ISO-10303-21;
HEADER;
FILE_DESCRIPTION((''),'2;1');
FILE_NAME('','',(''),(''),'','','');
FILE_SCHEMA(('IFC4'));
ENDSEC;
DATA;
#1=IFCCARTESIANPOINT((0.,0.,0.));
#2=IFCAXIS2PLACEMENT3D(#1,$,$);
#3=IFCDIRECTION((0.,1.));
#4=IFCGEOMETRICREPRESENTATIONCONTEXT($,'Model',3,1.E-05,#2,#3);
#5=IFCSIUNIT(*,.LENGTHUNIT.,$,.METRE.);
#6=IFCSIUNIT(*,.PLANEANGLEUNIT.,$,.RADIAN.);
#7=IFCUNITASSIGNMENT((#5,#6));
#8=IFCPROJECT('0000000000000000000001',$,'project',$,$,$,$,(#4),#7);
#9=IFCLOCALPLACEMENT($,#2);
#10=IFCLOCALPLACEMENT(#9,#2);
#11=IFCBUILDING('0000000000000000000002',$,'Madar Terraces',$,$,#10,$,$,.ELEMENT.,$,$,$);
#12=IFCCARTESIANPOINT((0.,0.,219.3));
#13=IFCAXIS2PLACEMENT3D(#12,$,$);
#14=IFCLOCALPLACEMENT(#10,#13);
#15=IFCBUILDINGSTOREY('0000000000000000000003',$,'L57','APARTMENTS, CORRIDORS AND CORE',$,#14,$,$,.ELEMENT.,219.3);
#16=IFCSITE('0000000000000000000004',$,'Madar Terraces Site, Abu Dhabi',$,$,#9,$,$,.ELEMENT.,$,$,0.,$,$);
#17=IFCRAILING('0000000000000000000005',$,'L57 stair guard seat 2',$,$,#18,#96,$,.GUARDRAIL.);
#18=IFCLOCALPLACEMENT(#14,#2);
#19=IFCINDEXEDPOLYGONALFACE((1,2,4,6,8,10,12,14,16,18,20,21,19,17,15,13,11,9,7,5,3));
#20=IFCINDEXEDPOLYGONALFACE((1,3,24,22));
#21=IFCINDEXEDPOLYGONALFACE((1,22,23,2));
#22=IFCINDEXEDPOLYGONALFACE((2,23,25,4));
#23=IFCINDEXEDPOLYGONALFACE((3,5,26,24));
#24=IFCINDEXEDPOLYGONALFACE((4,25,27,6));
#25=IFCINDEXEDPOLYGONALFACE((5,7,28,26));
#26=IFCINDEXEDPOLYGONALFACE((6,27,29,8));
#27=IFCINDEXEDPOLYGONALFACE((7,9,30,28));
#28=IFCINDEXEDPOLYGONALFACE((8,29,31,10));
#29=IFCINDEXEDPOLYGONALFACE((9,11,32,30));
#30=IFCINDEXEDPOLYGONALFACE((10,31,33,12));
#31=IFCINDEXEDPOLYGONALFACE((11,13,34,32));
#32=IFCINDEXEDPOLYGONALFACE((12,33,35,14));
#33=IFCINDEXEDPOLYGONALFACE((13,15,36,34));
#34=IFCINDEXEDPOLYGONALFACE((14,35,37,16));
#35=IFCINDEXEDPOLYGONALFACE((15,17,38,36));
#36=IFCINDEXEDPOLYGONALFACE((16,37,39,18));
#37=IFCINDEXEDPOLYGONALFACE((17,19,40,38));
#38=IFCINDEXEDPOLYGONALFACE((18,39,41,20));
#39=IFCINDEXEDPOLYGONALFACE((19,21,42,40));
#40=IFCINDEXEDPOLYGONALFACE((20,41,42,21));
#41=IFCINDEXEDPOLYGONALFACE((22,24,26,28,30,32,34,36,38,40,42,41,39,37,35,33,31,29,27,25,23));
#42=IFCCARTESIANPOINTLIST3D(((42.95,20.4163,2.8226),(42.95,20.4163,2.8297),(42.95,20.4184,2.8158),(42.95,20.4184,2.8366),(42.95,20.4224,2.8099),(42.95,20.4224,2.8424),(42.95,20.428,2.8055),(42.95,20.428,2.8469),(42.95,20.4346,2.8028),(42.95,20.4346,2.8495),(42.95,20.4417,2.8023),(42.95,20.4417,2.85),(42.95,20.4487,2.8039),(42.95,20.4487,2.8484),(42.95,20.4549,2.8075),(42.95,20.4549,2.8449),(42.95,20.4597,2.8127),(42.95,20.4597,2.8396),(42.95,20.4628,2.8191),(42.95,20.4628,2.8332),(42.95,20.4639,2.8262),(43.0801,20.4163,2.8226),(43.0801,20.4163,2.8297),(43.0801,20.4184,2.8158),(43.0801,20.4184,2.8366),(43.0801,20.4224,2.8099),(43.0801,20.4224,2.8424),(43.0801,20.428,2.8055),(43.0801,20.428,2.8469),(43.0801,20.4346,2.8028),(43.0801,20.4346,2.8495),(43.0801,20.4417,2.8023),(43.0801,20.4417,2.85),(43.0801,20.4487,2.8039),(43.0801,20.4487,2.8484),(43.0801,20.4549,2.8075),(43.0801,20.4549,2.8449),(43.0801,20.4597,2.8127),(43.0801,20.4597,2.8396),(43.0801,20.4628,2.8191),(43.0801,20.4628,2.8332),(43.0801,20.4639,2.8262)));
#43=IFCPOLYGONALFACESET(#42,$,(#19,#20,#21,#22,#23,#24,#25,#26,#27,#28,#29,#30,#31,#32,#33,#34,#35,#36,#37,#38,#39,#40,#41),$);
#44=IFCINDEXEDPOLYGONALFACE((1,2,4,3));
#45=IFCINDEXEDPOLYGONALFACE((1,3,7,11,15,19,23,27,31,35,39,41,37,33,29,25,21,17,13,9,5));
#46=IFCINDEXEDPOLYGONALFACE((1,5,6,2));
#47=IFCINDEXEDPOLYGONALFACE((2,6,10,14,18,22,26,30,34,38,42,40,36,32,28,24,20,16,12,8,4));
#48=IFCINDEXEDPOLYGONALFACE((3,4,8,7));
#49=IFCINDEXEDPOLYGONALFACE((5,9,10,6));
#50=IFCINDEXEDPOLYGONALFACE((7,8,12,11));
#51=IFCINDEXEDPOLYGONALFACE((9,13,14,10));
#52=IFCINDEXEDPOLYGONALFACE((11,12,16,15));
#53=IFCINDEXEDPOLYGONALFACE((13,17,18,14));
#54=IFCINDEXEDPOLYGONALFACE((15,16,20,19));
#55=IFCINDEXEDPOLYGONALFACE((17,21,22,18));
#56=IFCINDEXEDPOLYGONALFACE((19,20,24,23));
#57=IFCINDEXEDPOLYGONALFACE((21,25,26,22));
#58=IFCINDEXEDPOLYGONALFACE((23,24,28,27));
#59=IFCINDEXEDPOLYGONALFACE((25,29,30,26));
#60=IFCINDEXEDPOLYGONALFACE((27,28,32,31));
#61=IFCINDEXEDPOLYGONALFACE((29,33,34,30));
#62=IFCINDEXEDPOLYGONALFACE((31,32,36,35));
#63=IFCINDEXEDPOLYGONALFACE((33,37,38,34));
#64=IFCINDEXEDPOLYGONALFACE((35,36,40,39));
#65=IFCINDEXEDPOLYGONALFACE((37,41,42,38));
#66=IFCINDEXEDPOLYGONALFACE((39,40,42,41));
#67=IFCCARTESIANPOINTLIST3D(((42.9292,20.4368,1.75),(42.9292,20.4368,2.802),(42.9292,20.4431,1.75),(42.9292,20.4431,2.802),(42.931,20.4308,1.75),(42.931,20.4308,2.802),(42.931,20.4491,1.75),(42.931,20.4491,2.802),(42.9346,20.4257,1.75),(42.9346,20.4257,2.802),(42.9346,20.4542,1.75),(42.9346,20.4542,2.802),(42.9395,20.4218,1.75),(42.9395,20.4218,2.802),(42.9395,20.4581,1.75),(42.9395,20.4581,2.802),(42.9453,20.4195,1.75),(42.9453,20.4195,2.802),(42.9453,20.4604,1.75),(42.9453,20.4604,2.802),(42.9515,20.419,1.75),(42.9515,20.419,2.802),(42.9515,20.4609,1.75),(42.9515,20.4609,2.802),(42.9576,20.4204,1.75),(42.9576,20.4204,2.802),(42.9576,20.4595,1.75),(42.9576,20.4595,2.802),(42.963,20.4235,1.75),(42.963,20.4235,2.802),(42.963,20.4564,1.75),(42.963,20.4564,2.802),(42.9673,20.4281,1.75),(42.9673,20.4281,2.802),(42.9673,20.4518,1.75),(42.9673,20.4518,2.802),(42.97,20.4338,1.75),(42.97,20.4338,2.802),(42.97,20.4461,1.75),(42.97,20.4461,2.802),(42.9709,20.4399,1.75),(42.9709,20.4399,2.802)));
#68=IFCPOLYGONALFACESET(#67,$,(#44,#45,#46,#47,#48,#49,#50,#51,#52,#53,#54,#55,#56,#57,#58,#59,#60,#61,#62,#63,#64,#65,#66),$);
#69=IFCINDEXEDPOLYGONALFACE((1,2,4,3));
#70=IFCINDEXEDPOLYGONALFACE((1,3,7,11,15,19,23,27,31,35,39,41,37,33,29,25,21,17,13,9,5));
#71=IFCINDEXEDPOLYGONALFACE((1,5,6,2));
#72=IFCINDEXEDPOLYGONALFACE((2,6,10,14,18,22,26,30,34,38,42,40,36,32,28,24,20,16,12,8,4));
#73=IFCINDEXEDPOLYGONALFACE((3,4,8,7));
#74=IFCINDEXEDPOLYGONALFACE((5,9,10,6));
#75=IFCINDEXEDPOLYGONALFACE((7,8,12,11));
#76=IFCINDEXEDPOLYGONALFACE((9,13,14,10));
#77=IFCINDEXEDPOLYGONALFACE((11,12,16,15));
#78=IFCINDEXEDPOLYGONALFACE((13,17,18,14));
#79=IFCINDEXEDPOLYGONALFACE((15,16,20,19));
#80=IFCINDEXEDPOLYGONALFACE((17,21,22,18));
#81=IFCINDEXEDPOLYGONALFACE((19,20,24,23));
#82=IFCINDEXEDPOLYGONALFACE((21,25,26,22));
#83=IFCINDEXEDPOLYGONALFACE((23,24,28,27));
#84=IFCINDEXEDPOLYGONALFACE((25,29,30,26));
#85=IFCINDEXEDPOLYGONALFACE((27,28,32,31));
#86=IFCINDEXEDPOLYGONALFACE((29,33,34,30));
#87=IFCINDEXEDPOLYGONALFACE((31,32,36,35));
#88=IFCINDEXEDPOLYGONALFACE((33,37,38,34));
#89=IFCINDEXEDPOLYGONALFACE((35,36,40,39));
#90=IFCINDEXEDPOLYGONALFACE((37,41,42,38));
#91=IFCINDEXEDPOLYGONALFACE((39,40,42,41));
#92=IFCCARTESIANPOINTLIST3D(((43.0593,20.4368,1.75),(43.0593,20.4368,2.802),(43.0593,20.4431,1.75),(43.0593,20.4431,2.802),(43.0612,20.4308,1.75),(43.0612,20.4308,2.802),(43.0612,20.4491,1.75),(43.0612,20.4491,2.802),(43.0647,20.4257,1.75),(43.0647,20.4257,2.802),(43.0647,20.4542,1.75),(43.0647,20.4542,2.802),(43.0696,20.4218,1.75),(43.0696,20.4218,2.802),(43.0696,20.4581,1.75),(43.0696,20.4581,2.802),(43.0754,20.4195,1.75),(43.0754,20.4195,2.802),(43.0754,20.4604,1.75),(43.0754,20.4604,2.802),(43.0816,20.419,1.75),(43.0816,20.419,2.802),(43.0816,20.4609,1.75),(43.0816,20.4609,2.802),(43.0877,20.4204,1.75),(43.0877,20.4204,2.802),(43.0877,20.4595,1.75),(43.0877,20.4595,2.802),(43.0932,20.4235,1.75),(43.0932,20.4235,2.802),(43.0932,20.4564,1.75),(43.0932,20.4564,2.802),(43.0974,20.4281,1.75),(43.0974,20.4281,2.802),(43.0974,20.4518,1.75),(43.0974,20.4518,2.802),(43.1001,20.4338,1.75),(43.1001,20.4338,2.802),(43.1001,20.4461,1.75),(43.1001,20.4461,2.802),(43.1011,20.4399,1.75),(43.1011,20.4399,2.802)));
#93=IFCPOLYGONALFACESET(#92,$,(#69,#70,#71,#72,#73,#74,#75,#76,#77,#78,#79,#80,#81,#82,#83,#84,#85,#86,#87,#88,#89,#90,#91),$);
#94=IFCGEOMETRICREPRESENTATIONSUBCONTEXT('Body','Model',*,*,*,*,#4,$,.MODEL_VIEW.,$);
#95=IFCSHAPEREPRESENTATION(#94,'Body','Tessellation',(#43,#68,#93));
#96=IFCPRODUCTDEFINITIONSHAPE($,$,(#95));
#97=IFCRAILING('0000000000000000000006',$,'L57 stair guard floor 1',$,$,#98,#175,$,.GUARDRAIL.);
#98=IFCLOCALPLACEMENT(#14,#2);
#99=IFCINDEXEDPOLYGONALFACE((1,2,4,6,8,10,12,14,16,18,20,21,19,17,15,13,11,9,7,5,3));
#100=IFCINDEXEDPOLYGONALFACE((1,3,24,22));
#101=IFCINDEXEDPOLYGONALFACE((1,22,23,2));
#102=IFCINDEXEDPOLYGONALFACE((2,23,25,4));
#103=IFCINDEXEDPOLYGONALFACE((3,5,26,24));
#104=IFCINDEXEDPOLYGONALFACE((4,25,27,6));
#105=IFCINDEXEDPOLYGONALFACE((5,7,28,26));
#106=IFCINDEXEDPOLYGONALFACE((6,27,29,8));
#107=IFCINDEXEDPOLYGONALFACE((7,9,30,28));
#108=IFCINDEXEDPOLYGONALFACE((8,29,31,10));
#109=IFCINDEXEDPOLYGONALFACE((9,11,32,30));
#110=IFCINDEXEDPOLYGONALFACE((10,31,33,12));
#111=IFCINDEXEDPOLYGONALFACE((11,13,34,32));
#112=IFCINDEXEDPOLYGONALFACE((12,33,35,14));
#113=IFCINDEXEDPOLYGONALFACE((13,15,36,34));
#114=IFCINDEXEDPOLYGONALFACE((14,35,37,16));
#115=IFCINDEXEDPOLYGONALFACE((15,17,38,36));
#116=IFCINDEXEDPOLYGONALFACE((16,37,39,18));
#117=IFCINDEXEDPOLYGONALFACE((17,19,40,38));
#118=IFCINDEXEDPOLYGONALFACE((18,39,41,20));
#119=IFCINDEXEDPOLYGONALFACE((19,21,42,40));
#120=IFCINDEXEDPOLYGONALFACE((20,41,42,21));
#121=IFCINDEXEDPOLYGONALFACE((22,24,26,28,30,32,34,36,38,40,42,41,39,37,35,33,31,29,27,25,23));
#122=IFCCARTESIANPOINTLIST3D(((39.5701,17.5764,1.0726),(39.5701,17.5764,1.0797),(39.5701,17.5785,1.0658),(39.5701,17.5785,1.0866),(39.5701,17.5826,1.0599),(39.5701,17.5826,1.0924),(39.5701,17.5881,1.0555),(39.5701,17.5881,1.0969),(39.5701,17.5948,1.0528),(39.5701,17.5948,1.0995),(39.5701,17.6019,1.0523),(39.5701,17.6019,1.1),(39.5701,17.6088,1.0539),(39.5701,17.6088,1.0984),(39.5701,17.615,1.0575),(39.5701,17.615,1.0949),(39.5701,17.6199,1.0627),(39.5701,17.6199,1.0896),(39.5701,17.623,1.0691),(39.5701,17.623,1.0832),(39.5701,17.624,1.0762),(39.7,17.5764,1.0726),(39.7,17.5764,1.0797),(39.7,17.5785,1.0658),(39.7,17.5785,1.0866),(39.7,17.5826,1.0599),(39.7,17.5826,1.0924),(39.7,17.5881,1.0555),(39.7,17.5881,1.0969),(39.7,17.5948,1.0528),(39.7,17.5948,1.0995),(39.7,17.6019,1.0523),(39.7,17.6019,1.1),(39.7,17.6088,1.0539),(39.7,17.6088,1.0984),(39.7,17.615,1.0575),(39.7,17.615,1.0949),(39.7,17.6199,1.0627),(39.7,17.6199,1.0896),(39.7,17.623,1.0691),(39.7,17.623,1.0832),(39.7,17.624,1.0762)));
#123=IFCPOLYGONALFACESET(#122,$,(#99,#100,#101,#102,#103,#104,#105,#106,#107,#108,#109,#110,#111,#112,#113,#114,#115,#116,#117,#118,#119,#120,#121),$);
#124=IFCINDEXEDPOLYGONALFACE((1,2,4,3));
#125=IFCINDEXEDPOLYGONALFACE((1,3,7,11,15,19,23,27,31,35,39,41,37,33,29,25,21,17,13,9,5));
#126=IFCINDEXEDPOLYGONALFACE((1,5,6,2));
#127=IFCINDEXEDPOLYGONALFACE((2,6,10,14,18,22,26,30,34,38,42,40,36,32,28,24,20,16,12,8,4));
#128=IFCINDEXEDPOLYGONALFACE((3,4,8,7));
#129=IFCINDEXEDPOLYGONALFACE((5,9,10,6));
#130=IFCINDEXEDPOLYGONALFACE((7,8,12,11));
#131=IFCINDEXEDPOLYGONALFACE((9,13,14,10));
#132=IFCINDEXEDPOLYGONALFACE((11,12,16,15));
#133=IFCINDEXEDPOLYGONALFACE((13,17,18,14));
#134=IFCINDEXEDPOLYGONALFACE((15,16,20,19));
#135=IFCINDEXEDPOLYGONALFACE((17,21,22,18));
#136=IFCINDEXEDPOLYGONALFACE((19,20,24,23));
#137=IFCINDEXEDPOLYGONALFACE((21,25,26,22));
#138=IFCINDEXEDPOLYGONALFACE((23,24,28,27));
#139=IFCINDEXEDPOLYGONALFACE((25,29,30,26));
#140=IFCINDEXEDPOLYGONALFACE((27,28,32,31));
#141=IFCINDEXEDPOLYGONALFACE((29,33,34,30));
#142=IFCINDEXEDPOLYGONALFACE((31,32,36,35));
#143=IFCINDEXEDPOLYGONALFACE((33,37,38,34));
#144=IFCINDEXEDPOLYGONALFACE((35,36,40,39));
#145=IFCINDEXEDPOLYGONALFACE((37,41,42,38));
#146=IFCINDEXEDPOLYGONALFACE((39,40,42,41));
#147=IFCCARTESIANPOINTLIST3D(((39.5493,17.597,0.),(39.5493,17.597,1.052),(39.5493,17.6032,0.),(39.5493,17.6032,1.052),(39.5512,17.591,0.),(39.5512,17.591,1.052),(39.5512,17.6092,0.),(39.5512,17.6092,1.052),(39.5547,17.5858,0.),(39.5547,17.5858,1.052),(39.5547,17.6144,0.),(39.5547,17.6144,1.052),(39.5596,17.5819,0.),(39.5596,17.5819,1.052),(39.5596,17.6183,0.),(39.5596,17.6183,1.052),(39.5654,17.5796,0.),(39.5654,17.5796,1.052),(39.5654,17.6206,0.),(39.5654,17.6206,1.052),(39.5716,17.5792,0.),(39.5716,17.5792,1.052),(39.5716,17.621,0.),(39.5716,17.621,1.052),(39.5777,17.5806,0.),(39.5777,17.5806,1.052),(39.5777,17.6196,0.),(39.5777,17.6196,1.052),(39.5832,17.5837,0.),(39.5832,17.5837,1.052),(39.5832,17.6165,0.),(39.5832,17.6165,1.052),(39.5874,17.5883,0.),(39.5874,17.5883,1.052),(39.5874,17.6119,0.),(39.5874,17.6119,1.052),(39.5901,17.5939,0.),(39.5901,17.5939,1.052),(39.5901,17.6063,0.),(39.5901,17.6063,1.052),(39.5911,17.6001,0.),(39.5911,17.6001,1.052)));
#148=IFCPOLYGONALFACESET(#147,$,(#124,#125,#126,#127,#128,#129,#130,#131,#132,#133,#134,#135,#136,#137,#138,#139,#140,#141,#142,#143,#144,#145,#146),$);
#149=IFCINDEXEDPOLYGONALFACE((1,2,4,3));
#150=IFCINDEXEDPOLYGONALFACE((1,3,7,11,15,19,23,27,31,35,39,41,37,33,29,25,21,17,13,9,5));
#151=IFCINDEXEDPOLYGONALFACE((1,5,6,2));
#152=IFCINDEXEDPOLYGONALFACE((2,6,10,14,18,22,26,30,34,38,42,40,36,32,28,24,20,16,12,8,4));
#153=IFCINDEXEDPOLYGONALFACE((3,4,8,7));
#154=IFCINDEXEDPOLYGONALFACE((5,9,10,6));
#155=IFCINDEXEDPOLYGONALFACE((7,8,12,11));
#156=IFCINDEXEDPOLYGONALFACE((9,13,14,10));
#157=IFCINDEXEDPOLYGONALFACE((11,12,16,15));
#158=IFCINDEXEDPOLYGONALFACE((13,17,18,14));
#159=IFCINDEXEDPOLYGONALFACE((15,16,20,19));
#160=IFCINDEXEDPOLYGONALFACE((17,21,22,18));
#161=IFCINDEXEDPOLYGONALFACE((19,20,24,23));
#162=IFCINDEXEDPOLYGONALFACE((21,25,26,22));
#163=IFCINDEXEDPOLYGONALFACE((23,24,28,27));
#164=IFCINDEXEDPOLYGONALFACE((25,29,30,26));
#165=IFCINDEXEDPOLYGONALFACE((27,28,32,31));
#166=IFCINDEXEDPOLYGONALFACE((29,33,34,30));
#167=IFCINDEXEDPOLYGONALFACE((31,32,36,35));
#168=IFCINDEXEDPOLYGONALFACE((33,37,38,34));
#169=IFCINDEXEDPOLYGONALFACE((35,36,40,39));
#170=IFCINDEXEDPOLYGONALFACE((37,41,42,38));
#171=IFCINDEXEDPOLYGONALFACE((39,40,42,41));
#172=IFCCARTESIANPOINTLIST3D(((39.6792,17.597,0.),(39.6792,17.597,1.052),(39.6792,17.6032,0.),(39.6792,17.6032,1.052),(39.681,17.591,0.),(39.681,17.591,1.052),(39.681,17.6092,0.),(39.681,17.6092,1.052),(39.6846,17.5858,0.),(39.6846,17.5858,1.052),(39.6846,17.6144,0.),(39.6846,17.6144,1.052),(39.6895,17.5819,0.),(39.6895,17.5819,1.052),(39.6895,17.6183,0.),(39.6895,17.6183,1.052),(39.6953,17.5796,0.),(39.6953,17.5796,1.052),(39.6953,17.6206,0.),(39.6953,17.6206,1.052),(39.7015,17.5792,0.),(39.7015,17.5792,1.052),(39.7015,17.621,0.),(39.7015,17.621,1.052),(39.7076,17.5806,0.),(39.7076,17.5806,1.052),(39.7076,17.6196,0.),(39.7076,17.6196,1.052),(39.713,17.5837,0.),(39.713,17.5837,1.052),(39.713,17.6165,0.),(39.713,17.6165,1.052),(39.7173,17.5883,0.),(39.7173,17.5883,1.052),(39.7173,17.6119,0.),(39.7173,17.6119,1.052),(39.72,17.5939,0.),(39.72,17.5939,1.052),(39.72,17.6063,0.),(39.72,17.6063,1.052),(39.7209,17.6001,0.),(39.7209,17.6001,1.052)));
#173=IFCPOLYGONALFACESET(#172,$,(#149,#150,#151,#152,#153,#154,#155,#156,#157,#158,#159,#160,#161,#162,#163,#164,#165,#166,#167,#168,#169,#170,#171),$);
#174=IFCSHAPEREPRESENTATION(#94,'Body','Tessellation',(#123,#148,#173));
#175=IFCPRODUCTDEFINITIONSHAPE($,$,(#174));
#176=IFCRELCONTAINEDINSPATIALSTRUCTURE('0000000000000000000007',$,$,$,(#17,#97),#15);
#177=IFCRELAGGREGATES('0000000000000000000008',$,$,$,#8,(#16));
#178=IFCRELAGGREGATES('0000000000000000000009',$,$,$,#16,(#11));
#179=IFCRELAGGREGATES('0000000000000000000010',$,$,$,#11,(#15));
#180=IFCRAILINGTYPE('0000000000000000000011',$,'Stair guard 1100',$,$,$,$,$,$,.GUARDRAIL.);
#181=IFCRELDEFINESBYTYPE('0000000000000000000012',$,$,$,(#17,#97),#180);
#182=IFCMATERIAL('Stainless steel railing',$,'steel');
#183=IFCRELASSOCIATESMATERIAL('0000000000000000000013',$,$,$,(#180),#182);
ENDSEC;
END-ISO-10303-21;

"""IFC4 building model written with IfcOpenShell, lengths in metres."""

from ifc_helpers import new_model, si_unit, direction, frame, origin, origin_2d, place, context, subcontext, project, spatial, circle, extrude, material, type_object, element, save


model = new_model("IFC4")

# Units and contexts
model_context = context("Model", 3, precision=1e-05, world=origin(), true_north=direction((0.0, 1.0)))
body_context = subcontext(model_context, "Body", "Model", "MODEL_VIEW")
ifc_project = project(units=[si_unit("LENGTHUNIT", "METRE"), si_unit("PLANEANGLEUNIT", "RADIAN")], contexts=[model_context])

# Site, building, storey
site_placement = place(None, origin())
site = spatial("IfcSite", under=ifc_project, at=site_placement, Name="Madar Terraces Site, Abu Dhabi", CompositionType="ELEMENT", RefElevation=0.0)
building_placement = place(site_placement, origin())
building = spatial("IfcBuilding", under=site, at=building_placement, Name="Madar Terraces", CompositionType="ELEMENT")
storey_placement = place(building_placement, frame((0.0, 0.0, 219.3)))
storey = spatial("IfcBuildingStorey", under=building, at=storey_placement, Name="L57", Description="APARTMENTS, CORRIDORS AND CORE", CompositionType="ELEMENT", Elevation=219.3)

# Railings
ifc_material_1 = material(Name="Stainless steel railing", Category="steel")
railing_type_1 = type_object("IfcRailingType", Name="Stair guard 1100", PredefinedType="GUARDRAIL", material=ifc_material_1)
railing_1_placement = place(storey_placement, frame((42.95, 20.4399, 1.75)))
element("IfcRailing", 1, at=railing_1_placement, inside=storey, type_object=railing_type_1, Name="L57 stair guard seat 2", PredefinedType="GUARDRAIL", context=body_context, shape_type="SweptSolid", body=[
    extrude(circle(Radius=0.0239, at=origin_2d()), frame((0.0, 0.0, 1.0762), z_axis=(1.0, 0.0, 0.0), x_axis=(0.0, 1.0, 0.0)), (0.0, 0.0, 1.0), 0.1301),
    extrude(circle(Radius=0.021, at=origin_2d()), origin(), (0.0, 0.0, 1.0), 1.052),
    extrude(circle(Radius=0.021, at=origin_2d()), frame((0.1301, 0.0, 0.0)), (0.0, 0.0, 1.0), 1.052),
])
railing_2_placement = place(storey_placement, frame((39.5701, 17.6001, 0.0)))
element("IfcRailing", 2, at=railing_2_placement, inside=storey, type_object=railing_type_1, Name="L57 stair guard floor 1", PredefinedType="GUARDRAIL", context=body_context, shape_type="SweptSolid", body=[
    extrude(circle(Radius=0.0239, at=origin_2d()), frame((0.0, 0.0, 1.0762), z_axis=(1.0, 0.0, 0.0), x_axis=(0.0, 1.0, 0.0)), (0.0, 0.0, 1.0), 0.1299),
    extrude(circle(Radius=0.021, at=origin_2d()), origin(), (0.0, 0.0, 1.0), 1.052),
    extrude(circle(Radius=0.021, at=origin_2d()), frame((0.1299, 0.0, 0.0)), (0.0, 0.0, 1.0), 1.052),
])

save(model, "model.ifc")
